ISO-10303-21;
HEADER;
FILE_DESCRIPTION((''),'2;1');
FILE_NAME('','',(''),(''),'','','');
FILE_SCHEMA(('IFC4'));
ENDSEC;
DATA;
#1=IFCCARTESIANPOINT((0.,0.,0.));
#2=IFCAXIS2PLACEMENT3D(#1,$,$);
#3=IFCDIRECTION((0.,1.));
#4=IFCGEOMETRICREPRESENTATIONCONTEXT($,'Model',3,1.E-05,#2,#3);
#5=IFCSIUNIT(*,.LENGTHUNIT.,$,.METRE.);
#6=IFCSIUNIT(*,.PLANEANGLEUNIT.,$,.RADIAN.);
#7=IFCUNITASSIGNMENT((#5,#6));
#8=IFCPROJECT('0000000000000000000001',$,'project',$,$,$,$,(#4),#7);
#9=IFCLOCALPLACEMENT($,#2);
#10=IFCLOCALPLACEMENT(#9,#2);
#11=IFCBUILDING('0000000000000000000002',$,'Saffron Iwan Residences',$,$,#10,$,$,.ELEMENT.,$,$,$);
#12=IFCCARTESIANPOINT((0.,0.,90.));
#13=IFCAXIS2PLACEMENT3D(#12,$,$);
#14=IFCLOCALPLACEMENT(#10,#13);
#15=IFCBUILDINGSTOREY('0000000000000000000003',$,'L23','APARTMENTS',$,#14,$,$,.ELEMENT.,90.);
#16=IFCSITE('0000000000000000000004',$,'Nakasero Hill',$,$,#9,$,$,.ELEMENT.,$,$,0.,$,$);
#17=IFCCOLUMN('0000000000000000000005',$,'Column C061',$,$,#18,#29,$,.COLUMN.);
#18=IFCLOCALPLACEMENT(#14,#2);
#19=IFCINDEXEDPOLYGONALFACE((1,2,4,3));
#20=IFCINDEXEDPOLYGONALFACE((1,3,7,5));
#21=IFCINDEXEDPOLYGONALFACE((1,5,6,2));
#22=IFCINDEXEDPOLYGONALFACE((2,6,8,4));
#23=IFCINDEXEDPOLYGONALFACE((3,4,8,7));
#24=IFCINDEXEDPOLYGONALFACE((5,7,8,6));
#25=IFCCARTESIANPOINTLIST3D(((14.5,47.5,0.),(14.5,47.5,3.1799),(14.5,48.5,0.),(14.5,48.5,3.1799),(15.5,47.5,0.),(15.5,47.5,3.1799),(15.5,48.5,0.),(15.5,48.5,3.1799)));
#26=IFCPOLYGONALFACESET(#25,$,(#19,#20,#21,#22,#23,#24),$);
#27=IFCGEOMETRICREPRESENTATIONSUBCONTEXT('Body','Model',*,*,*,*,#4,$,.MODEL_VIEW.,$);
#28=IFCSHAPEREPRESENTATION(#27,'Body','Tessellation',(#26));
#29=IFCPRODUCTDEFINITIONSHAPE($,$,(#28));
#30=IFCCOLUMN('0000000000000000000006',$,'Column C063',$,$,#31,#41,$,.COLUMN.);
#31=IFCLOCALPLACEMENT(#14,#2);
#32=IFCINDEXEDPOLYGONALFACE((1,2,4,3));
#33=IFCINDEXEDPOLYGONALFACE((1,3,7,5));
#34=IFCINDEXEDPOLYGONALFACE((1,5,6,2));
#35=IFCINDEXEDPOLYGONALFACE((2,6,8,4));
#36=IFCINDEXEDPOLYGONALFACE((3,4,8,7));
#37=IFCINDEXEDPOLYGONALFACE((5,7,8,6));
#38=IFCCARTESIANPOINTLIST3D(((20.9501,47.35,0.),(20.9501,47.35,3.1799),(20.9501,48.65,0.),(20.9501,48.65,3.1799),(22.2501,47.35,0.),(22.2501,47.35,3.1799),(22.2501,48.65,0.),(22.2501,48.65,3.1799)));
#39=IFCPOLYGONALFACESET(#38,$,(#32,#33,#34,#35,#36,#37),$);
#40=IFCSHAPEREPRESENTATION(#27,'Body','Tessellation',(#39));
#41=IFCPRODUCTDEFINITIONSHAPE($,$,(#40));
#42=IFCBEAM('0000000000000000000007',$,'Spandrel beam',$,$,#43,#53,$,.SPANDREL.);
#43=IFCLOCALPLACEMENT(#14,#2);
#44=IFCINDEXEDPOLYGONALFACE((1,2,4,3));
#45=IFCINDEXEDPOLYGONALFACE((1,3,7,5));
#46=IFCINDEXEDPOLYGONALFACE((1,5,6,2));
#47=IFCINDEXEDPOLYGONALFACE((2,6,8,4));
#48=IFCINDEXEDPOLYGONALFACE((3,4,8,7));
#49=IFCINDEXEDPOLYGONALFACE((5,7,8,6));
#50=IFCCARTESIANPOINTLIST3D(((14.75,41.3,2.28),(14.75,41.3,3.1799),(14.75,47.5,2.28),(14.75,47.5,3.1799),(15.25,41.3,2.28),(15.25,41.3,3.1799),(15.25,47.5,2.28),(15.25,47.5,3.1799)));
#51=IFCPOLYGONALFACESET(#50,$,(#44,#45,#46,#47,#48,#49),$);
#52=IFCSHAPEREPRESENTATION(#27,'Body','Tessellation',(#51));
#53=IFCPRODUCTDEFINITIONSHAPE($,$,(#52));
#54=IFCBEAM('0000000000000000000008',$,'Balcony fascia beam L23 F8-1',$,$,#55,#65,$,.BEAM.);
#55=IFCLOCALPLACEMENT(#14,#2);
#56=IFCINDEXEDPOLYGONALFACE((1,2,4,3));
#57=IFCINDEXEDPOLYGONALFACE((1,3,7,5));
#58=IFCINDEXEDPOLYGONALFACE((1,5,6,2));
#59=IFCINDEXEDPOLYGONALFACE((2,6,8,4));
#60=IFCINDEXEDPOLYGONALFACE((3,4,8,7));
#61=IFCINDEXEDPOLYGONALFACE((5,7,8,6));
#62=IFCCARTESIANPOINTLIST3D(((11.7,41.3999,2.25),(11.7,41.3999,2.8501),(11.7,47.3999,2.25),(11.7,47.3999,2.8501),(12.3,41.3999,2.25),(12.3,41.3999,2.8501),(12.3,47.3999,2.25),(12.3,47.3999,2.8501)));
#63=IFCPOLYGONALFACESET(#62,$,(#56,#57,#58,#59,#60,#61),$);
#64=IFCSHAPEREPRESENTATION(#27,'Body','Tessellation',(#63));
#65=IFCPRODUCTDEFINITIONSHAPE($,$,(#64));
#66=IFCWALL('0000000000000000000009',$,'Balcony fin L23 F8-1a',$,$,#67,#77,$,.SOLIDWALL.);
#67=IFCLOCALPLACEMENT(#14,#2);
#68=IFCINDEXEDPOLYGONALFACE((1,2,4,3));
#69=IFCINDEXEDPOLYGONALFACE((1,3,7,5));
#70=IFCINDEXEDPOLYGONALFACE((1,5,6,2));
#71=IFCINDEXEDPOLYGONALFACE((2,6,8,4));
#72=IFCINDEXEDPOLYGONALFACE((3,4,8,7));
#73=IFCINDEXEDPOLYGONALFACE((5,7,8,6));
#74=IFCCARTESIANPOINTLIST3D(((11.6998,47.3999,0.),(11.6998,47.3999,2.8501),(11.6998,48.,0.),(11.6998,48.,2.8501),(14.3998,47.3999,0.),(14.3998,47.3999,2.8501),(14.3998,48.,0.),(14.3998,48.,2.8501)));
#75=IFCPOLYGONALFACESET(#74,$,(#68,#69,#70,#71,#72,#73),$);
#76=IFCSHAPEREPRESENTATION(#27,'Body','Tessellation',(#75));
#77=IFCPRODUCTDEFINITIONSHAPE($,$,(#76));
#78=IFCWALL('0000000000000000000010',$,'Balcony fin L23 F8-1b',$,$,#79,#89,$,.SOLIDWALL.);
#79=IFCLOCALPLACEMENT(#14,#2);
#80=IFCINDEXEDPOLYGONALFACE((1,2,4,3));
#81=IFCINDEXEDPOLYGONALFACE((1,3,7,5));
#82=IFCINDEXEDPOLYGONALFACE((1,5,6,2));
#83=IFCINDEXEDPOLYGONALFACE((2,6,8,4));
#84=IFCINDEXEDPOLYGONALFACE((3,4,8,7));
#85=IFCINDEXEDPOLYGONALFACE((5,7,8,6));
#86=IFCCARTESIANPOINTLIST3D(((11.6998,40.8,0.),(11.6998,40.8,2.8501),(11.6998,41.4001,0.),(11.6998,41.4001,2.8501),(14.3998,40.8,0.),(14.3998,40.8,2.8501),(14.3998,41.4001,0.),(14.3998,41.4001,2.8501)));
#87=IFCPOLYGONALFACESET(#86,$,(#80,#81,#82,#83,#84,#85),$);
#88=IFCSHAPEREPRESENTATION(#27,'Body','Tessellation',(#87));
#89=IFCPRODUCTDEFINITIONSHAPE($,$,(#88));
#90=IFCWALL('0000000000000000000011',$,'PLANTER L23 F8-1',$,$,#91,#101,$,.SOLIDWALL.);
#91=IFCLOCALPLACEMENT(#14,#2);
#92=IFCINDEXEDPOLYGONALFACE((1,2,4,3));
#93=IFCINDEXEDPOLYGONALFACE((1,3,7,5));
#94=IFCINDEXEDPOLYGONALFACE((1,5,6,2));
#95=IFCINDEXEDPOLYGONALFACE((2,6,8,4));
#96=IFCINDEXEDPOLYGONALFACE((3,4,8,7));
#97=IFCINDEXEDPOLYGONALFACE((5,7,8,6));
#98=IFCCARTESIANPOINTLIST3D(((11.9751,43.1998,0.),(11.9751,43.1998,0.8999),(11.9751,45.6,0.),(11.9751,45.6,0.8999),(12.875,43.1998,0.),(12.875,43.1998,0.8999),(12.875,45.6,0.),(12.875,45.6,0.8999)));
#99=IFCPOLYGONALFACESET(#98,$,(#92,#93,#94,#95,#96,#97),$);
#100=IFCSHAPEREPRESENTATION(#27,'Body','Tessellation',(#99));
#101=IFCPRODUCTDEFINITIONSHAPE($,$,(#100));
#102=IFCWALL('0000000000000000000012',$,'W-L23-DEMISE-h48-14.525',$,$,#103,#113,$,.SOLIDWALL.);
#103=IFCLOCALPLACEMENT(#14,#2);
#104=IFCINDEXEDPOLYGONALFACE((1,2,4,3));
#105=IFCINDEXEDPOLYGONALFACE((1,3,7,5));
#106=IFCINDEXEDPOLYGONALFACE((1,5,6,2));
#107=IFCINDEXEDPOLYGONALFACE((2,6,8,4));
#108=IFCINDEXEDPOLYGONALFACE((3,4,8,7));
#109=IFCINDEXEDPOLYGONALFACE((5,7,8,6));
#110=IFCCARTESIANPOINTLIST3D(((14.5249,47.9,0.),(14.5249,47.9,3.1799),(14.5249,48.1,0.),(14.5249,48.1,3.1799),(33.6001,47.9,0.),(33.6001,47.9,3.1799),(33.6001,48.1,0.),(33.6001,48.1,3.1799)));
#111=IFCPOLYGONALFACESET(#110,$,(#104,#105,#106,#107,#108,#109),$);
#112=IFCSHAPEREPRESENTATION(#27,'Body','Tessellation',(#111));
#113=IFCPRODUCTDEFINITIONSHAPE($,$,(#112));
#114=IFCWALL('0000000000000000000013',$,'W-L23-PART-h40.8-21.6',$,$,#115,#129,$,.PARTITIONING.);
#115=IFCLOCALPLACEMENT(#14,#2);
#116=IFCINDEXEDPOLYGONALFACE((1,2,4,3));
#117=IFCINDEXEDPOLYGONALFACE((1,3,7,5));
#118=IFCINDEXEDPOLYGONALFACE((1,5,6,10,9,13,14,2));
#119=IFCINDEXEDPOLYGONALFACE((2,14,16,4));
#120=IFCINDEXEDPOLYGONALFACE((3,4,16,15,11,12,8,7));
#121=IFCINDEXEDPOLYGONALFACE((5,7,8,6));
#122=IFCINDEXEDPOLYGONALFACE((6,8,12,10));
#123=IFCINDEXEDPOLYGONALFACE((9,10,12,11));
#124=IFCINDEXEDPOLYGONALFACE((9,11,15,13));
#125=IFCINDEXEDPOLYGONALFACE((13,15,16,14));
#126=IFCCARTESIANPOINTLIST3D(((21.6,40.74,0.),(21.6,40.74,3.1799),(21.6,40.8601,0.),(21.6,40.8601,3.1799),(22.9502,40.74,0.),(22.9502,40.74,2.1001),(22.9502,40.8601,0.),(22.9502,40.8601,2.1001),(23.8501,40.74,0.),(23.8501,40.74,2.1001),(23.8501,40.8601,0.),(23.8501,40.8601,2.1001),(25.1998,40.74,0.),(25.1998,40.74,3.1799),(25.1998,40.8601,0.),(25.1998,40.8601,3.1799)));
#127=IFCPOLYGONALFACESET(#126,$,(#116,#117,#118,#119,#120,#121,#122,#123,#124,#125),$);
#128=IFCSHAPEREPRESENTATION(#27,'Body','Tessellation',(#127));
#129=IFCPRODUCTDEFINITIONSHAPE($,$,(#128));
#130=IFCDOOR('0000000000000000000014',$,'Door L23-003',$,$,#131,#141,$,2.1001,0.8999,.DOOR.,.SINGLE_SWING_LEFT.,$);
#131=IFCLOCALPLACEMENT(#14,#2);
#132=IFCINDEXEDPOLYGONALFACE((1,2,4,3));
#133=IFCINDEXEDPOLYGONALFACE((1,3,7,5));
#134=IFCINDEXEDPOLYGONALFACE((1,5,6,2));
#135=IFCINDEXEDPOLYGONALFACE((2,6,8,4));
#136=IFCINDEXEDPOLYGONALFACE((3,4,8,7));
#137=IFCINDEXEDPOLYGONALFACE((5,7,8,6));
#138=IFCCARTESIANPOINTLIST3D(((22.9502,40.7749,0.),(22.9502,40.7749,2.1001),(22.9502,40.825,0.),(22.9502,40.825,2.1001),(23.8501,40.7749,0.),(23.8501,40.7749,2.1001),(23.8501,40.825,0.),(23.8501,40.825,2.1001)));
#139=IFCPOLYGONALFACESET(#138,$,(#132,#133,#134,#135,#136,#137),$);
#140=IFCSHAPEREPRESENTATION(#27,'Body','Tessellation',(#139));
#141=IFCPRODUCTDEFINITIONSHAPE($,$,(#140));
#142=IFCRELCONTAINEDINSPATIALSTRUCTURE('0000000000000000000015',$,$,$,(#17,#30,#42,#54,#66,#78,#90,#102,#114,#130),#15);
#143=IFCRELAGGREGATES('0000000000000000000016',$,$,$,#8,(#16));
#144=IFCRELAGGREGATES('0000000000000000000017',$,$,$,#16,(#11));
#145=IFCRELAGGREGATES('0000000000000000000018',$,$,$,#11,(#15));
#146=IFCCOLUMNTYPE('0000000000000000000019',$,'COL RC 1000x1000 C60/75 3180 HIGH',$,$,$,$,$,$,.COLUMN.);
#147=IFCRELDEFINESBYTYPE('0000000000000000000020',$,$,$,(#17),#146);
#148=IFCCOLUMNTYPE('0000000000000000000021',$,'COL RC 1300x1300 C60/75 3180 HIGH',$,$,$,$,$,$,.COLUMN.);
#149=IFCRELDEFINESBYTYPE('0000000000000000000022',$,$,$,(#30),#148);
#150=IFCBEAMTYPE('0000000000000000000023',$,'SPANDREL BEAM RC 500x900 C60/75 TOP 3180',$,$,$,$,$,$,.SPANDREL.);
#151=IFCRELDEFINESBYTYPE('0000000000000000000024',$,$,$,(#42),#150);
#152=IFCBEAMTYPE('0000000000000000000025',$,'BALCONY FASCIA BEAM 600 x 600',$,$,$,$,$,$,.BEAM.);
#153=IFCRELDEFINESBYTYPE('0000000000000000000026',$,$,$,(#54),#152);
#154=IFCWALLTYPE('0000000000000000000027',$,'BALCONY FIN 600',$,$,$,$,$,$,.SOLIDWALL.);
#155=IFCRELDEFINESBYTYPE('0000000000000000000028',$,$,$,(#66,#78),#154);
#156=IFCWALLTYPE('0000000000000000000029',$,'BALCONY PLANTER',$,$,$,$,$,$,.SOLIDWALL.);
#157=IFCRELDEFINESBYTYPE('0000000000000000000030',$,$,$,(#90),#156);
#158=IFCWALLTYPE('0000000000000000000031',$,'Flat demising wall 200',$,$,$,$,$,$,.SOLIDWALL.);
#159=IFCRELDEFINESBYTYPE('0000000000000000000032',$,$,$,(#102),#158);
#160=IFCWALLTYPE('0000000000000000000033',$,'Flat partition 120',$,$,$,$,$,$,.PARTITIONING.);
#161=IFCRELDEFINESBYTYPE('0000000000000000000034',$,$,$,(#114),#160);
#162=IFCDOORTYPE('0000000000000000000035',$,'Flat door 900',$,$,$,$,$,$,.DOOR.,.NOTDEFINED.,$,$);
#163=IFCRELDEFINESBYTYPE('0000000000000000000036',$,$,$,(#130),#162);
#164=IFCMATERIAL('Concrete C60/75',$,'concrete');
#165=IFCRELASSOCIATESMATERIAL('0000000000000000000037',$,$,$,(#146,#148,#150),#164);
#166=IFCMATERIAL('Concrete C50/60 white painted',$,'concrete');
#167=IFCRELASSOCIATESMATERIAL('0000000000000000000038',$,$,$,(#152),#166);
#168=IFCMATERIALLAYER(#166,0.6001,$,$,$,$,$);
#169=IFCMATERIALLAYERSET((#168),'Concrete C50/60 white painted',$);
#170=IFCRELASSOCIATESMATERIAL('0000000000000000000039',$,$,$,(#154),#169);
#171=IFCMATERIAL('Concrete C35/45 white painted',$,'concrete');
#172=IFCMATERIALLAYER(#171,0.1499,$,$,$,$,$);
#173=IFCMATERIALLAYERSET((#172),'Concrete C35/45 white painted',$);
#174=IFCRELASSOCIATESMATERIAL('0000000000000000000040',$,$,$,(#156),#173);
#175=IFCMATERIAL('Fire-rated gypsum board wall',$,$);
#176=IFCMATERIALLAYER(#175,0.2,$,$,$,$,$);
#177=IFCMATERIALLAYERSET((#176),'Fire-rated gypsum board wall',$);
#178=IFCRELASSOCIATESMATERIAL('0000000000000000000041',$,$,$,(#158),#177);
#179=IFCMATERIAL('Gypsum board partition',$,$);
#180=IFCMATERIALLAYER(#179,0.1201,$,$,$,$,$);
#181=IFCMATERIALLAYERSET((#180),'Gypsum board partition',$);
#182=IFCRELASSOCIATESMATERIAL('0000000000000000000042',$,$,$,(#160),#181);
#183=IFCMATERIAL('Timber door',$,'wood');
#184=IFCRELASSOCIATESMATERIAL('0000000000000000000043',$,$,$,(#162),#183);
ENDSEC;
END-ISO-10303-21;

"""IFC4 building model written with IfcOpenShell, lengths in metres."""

from ifc_helpers import new_model, si_unit, direction, frame, frame_2d, origin, origin_2d, place, context, subcontext, project, spatial, rectangle, extrude, source, transform, mapped, material, layer, layer_set, material_profile, profile_set, type_object, element, fill, save


model = new_model("IFC4")

# Units and contexts
model_context = context("Model", 3, precision=1e-05, world=origin(), true_north=direction((0.0, 1.0)))
body_context = subcontext(model_context, "Body", "Model", "MODEL_VIEW")
ifc_project = project(units=[si_unit("LENGTHUNIT", "METRE"), si_unit("PLANEANGLEUNIT", "RADIAN")], contexts=[model_context])

# Site, building, storey
site_placement = place(None, origin())
site = spatial("IfcSite", under=ifc_project, at=site_placement, Name="Nakasero Hill", CompositionType="ELEMENT", RefElevation=0.0)
building_placement = place(site_placement, origin())
building = spatial("IfcBuilding", under=site, at=building_placement, Name="Saffron Iwan Residences", CompositionType="ELEMENT")
storey_placement = place(building_placement, frame((0.0, 0.0, 90.0)))
storey = spatial("IfcBuildingStorey", under=building, at=storey_placement, Name="L23", Description="APARTMENTS", CompositionType="ELEMENT", Elevation=90.0)

# Columns
ifc_material_1 = material(Name="Concrete C60/75", Category="concrete")
ifc_material_profile_1 = material_profile(ifc_material_1, rectangle(XDim=1.0, YDim=1.0, at=origin_2d()), Name="RC 1000x1000")
ifc_profile_set_1 = profile_set([ifc_material_profile_1], Name="Concrete C60/75")
column_type_1 = type_object("IfcColumnType", Name="COL RC 1000x1000 C60/75 3180 HIGH", PredefinedType="COLUMN", material=ifc_profile_set_1)
shared_shape_1 = source(origin(), body_context, "Body", "SweptSolid", [
    extrude(rectangle(XDim=1.0, YDim=1.0, at=origin_2d()), origin(), (0.0, 0.0, 1.0), 3.1799),
])
column_1_placement = place(storey_placement, frame((15.0, 48.0, 0.0), z_axis=(0.0, 0.0, 1.0), x_axis=(1.0, 0.0, 0.0)))
element("IfcColumn", 1, at=column_1_placement, inside=storey, type_object=column_type_1, Name="Column C061", PredefinedType="COLUMN", context=body_context, shape_type="MappedRepresentation", body=[
    mapped(shared_shape_1, transform((0.0, 0.0, 0.0))),
])
ifc_material_profile_2 = material_profile(ifc_material_1, rectangle(XDim=1.3, YDim=1.3, at=origin_2d()), Name="RC 1300x1300")
ifc_profile_set_2 = profile_set([ifc_material_profile_2], Name="Concrete C60/75")
column_type_2 = type_object("IfcColumnType", Name="COL RC 1300x1300 C60/75 3180 HIGH", PredefinedType="COLUMN", material=ifc_profile_set_2)
shared_shape_2 = source(origin(), body_context, "Body", "SweptSolid", [
    extrude(rectangle(XDim=1.3, YDim=1.3, at=origin_2d()), origin(), (0.0, 0.0, 1.0), 3.1799),
])
column_2_placement = place(storey_placement, frame((21.6001, 48.0, 0.0), z_axis=(0.0, 0.0, 1.0), x_axis=(1.0, 0.0, 0.0)))
element("IfcColumn", 2, at=column_2_placement, inside=storey, type_object=column_type_2, Name="Column C063", PredefinedType="COLUMN", context=body_context, shape_type="MappedRepresentation", body=[
    mapped(shared_shape_2, transform((0.0, 0.0, 0.0))),
])

# Beams
ifc_material_profile_3 = material_profile(ifc_material_1, rectangle(XDim=0.5, YDim=0.8999, at=origin_2d()), Name="RC 500x900")
ifc_profile_set_3 = profile_set([ifc_material_profile_3], Name="Concrete C60/75")
beam_type_1 = type_object("IfcBeamType", Name="SPANDREL BEAM RC 500x900 C60/75 TOP 3180", PredefinedType="SPANDREL", material=ifc_profile_set_3)
shared_shape_3 = source(origin(), body_context, "Body", "SweptSolid", [
    extrude(rectangle(XDim=0.5, YDim=0.8999, at=origin_2d()), origin(), (0.0, 0.0, 1.0), 6.2),
])
beam_1_placement = place(storey_placement, frame((15.0, 41.3, 2.73), z_axis=(0.0, 1.0, 0.0), x_axis=(-1.0, 0.0, 0.0)))
element("IfcBeam", 3, at=beam_1_placement, inside=storey, type_object=beam_type_1, Name="Spandrel beam", PredefinedType="SPANDREL", context=body_context, shape_type="MappedRepresentation", body=[
    mapped(shared_shape_3, transform((0.0, 0.0, 0.0))),
])
ifc_material_2 = material(Name="Concrete C50/60 white painted", Category="concrete")
ifc_material_profile_4 = material_profile(ifc_material_2, rectangle(XDim=0.6001, YDim=0.6001, at=origin_2d()), Name="BALCONY FASCIA BEAM 600 x 600")
ifc_profile_set_4 = profile_set([ifc_material_profile_4], Name="Concrete C50/60 white painted")
beam_type_2 = type_object("IfcBeamType", Name="BALCONY FASCIA BEAM 600 x 600", PredefinedType="BEAM", material=ifc_profile_set_4)
shared_shape_4 = source(origin(), body_context, "Body", "SweptSolid", [
    extrude(rectangle(XDim=0.6001, YDim=0.6001, at=origin_2d()), origin(), (0.0, 0.0, 1.0), 6.0),
])
beam_2_placement = place(storey_placement, frame((12.0, 47.3999, 2.55), z_axis=(0.0, -1.0, 0.0), x_axis=(1.0, 0.0, 0.0)))
element("IfcBeam", 4, at=beam_2_placement, inside=storey, type_object=beam_type_2, Name="Balcony fascia beam L23 F8-1", PredefinedType="BEAM", context=body_context, shape_type="MappedRepresentation", body=[
    mapped(shared_shape_4, transform((0.0, 0.0, 0.0))),
])

# Walls
ifc_layer_1 = layer(ifc_material_2, 0.6001)
ifc_layer_set_1 = layer_set([ifc_layer_1], Name="Concrete C50/60 white painted")
wall_type_1 = type_object("IfcWallType", Name="BALCONY FIN 600", PredefinedType="SOLIDWALL", material=ifc_layer_set_1)
for number, where, z_axis, x_axis, name in (
    (5, (14.3999, 47.7, 0.0), (0.0, 0.0, 1.0), (-1.0, 0.0, 0.0), "Balcony fin L23 F8-1a"),
    (6, (14.3999, 41.1001, 0.0), (0.0, 0.0, 1.0), (-1.0, 0.0, 0.0), "Balcony fin L23 F8-1b"),
):
    element("IfcWall", number, at=place(storey_placement, frame(where, z_axis=z_axis, x_axis=x_axis)), inside=storey, type_object=wall_type_1, Name=name, PredefinedType="SOLIDWALL", context=body_context, shape_type="SweptSolid", body=[
        extrude(rectangle(XDim=2.7, YDim=0.6001, at=frame_2d((1.3501, 0.0))), origin(), (0.0, 0.0, 1.0), 2.8501),
    ])
ifc_material_3 = material(Name="Concrete C35/45 white painted", Category="concrete")
ifc_layer_2 = layer(ifc_material_3, 0.1499)
ifc_layer_set_2 = layer_set([ifc_layer_2], Name="Concrete C35/45 white painted")
wall_type_2 = type_object("IfcWallType", Name="BALCONY PLANTER", PredefinedType="SOLIDWALL", material=ifc_layer_set_2)
wall_1_placement = place(storey_placement, frame((12.425, 45.6001, 0.0), z_axis=(0.0, 0.0, 1.0), x_axis=(0.0, -1.0, 0.0)))
element("IfcWall", 7, at=wall_1_placement, inside=storey, type_object=wall_type_2, Name="PLANTER L23 F8-1", PredefinedType="SOLIDWALL", context=body_context, shape_type="SweptSolid", body=[
    extrude(rectangle(XDim=2.4001, YDim=0.8999, at=frame_2d((1.2002, 0.0))), origin(), (0.0, 0.0, 1.0), 0.8999),
])

# Wall
ifc_material_4 = material(Name="Fire-rated gypsum board wall")
ifc_layer_3 = layer(ifc_material_4, 0.2)
ifc_layer_set_3 = layer_set([ifc_layer_3], Name="Fire-rated gypsum board wall")
wall_type_3 = type_object("IfcWallType", Name="Flat demising wall 200", PredefinedType="SOLIDWALL", material=ifc_layer_set_3)
wall_2_placement = place(storey_placement, frame((14.5249, 48.0, 0.0), z_axis=(0.0, 0.0, 1.0), x_axis=(1.0, 0.0, 0.0)))
element("IfcWall", 8, at=wall_2_placement, inside=storey, type_object=wall_type_3, Name="W-L23-DEMISE-h48-14.525", PredefinedType="SOLIDWALL", context=body_context, shape_type="SweptSolid", body=[
    extrude(rectangle(XDim=19.0752, YDim=0.2, at=frame_2d((9.5376, 0.0))), origin(), (0.0, 0.0, 1.0), 3.1799),
])

# Wall, opening, door
ifc_material_5 = material(Name="Gypsum board partition")
ifc_layer_4 = layer(ifc_material_5, 0.1201)
ifc_layer_set_4 = layer_set([ifc_layer_4], Name="Gypsum board partition")
wall_type_4 = type_object("IfcWallType", Name="Flat partition 120", PredefinedType="PARTITIONING", material=ifc_layer_set_4)
wall_3_placement = place(storey_placement, frame((21.6001, 40.8, 0.0), z_axis=(0.0, 0.0, 1.0), x_axis=(1.0, 0.0, 0.0)))
wall_3 = element("IfcWall", 9, at=wall_3_placement, inside=storey, type_object=wall_type_4, Name="W-L23-PART-h40.8-21.6", PredefinedType="PARTITIONING", context=body_context, shape_type="SweptSolid", body=[
    extrude(rectangle(XDim=3.5999, YDim=0.1201, at=frame_2d((1.7998, 0.0))), origin(), (0.0, 0.0, 1.0), 3.1799),
])
opening_1_placement = place(wall_3_placement, frame((1.3501, 0.0, 0.0)))
opening_1 = element("IfcOpeningElement", 10, at=opening_1_placement, cuts=wall_3, PredefinedType="OPENING", context=body_context, shape_type="SweptSolid", body=[
    extrude(rectangle(XDim=0.8999, YDim=2.1001, at=frame_2d((0.45, 1.05))), frame((0.0, 0.0701, 0.0), z_axis=(0.0, -1.0, 0.0), x_axis=(1.0, 0.0, 0.0)), (0.0, 0.0, 1.0), 0.1401),
])
ifc_material_6 = material(Name="Timber door", Category="wood")
door_type_1 = type_object("IfcDoorType", Name="Flat door 900", OperationType="NOTDEFINED", PredefinedType="DOOR", material=ifc_material_6)
door_1_placement = place(opening_1_placement, origin())
door_1 = element("IfcDoor", 11, at=door_1_placement, inside=storey, type_object=door_type_1, Name="Door L23-003", OperationType="SINGLE_SWING_LEFT", OverallHeight=2.1001, OverallWidth=0.8999, PredefinedType="DOOR", context=body_context, shape_type="SweptSolid", body=[
    extrude(rectangle(XDim=0.8999, YDim=2.1001, at=frame_2d((0.45, 1.05))), frame((0.0, 0.0249, 0.0), z_axis=(0.0, -1.0, 0.0), x_axis=(1.0, 0.0, 0.0)), (0.0, 0.0, 1.0), 0.05),
])
fill(opening_1, door_1)

save(model, "model.ifc")
